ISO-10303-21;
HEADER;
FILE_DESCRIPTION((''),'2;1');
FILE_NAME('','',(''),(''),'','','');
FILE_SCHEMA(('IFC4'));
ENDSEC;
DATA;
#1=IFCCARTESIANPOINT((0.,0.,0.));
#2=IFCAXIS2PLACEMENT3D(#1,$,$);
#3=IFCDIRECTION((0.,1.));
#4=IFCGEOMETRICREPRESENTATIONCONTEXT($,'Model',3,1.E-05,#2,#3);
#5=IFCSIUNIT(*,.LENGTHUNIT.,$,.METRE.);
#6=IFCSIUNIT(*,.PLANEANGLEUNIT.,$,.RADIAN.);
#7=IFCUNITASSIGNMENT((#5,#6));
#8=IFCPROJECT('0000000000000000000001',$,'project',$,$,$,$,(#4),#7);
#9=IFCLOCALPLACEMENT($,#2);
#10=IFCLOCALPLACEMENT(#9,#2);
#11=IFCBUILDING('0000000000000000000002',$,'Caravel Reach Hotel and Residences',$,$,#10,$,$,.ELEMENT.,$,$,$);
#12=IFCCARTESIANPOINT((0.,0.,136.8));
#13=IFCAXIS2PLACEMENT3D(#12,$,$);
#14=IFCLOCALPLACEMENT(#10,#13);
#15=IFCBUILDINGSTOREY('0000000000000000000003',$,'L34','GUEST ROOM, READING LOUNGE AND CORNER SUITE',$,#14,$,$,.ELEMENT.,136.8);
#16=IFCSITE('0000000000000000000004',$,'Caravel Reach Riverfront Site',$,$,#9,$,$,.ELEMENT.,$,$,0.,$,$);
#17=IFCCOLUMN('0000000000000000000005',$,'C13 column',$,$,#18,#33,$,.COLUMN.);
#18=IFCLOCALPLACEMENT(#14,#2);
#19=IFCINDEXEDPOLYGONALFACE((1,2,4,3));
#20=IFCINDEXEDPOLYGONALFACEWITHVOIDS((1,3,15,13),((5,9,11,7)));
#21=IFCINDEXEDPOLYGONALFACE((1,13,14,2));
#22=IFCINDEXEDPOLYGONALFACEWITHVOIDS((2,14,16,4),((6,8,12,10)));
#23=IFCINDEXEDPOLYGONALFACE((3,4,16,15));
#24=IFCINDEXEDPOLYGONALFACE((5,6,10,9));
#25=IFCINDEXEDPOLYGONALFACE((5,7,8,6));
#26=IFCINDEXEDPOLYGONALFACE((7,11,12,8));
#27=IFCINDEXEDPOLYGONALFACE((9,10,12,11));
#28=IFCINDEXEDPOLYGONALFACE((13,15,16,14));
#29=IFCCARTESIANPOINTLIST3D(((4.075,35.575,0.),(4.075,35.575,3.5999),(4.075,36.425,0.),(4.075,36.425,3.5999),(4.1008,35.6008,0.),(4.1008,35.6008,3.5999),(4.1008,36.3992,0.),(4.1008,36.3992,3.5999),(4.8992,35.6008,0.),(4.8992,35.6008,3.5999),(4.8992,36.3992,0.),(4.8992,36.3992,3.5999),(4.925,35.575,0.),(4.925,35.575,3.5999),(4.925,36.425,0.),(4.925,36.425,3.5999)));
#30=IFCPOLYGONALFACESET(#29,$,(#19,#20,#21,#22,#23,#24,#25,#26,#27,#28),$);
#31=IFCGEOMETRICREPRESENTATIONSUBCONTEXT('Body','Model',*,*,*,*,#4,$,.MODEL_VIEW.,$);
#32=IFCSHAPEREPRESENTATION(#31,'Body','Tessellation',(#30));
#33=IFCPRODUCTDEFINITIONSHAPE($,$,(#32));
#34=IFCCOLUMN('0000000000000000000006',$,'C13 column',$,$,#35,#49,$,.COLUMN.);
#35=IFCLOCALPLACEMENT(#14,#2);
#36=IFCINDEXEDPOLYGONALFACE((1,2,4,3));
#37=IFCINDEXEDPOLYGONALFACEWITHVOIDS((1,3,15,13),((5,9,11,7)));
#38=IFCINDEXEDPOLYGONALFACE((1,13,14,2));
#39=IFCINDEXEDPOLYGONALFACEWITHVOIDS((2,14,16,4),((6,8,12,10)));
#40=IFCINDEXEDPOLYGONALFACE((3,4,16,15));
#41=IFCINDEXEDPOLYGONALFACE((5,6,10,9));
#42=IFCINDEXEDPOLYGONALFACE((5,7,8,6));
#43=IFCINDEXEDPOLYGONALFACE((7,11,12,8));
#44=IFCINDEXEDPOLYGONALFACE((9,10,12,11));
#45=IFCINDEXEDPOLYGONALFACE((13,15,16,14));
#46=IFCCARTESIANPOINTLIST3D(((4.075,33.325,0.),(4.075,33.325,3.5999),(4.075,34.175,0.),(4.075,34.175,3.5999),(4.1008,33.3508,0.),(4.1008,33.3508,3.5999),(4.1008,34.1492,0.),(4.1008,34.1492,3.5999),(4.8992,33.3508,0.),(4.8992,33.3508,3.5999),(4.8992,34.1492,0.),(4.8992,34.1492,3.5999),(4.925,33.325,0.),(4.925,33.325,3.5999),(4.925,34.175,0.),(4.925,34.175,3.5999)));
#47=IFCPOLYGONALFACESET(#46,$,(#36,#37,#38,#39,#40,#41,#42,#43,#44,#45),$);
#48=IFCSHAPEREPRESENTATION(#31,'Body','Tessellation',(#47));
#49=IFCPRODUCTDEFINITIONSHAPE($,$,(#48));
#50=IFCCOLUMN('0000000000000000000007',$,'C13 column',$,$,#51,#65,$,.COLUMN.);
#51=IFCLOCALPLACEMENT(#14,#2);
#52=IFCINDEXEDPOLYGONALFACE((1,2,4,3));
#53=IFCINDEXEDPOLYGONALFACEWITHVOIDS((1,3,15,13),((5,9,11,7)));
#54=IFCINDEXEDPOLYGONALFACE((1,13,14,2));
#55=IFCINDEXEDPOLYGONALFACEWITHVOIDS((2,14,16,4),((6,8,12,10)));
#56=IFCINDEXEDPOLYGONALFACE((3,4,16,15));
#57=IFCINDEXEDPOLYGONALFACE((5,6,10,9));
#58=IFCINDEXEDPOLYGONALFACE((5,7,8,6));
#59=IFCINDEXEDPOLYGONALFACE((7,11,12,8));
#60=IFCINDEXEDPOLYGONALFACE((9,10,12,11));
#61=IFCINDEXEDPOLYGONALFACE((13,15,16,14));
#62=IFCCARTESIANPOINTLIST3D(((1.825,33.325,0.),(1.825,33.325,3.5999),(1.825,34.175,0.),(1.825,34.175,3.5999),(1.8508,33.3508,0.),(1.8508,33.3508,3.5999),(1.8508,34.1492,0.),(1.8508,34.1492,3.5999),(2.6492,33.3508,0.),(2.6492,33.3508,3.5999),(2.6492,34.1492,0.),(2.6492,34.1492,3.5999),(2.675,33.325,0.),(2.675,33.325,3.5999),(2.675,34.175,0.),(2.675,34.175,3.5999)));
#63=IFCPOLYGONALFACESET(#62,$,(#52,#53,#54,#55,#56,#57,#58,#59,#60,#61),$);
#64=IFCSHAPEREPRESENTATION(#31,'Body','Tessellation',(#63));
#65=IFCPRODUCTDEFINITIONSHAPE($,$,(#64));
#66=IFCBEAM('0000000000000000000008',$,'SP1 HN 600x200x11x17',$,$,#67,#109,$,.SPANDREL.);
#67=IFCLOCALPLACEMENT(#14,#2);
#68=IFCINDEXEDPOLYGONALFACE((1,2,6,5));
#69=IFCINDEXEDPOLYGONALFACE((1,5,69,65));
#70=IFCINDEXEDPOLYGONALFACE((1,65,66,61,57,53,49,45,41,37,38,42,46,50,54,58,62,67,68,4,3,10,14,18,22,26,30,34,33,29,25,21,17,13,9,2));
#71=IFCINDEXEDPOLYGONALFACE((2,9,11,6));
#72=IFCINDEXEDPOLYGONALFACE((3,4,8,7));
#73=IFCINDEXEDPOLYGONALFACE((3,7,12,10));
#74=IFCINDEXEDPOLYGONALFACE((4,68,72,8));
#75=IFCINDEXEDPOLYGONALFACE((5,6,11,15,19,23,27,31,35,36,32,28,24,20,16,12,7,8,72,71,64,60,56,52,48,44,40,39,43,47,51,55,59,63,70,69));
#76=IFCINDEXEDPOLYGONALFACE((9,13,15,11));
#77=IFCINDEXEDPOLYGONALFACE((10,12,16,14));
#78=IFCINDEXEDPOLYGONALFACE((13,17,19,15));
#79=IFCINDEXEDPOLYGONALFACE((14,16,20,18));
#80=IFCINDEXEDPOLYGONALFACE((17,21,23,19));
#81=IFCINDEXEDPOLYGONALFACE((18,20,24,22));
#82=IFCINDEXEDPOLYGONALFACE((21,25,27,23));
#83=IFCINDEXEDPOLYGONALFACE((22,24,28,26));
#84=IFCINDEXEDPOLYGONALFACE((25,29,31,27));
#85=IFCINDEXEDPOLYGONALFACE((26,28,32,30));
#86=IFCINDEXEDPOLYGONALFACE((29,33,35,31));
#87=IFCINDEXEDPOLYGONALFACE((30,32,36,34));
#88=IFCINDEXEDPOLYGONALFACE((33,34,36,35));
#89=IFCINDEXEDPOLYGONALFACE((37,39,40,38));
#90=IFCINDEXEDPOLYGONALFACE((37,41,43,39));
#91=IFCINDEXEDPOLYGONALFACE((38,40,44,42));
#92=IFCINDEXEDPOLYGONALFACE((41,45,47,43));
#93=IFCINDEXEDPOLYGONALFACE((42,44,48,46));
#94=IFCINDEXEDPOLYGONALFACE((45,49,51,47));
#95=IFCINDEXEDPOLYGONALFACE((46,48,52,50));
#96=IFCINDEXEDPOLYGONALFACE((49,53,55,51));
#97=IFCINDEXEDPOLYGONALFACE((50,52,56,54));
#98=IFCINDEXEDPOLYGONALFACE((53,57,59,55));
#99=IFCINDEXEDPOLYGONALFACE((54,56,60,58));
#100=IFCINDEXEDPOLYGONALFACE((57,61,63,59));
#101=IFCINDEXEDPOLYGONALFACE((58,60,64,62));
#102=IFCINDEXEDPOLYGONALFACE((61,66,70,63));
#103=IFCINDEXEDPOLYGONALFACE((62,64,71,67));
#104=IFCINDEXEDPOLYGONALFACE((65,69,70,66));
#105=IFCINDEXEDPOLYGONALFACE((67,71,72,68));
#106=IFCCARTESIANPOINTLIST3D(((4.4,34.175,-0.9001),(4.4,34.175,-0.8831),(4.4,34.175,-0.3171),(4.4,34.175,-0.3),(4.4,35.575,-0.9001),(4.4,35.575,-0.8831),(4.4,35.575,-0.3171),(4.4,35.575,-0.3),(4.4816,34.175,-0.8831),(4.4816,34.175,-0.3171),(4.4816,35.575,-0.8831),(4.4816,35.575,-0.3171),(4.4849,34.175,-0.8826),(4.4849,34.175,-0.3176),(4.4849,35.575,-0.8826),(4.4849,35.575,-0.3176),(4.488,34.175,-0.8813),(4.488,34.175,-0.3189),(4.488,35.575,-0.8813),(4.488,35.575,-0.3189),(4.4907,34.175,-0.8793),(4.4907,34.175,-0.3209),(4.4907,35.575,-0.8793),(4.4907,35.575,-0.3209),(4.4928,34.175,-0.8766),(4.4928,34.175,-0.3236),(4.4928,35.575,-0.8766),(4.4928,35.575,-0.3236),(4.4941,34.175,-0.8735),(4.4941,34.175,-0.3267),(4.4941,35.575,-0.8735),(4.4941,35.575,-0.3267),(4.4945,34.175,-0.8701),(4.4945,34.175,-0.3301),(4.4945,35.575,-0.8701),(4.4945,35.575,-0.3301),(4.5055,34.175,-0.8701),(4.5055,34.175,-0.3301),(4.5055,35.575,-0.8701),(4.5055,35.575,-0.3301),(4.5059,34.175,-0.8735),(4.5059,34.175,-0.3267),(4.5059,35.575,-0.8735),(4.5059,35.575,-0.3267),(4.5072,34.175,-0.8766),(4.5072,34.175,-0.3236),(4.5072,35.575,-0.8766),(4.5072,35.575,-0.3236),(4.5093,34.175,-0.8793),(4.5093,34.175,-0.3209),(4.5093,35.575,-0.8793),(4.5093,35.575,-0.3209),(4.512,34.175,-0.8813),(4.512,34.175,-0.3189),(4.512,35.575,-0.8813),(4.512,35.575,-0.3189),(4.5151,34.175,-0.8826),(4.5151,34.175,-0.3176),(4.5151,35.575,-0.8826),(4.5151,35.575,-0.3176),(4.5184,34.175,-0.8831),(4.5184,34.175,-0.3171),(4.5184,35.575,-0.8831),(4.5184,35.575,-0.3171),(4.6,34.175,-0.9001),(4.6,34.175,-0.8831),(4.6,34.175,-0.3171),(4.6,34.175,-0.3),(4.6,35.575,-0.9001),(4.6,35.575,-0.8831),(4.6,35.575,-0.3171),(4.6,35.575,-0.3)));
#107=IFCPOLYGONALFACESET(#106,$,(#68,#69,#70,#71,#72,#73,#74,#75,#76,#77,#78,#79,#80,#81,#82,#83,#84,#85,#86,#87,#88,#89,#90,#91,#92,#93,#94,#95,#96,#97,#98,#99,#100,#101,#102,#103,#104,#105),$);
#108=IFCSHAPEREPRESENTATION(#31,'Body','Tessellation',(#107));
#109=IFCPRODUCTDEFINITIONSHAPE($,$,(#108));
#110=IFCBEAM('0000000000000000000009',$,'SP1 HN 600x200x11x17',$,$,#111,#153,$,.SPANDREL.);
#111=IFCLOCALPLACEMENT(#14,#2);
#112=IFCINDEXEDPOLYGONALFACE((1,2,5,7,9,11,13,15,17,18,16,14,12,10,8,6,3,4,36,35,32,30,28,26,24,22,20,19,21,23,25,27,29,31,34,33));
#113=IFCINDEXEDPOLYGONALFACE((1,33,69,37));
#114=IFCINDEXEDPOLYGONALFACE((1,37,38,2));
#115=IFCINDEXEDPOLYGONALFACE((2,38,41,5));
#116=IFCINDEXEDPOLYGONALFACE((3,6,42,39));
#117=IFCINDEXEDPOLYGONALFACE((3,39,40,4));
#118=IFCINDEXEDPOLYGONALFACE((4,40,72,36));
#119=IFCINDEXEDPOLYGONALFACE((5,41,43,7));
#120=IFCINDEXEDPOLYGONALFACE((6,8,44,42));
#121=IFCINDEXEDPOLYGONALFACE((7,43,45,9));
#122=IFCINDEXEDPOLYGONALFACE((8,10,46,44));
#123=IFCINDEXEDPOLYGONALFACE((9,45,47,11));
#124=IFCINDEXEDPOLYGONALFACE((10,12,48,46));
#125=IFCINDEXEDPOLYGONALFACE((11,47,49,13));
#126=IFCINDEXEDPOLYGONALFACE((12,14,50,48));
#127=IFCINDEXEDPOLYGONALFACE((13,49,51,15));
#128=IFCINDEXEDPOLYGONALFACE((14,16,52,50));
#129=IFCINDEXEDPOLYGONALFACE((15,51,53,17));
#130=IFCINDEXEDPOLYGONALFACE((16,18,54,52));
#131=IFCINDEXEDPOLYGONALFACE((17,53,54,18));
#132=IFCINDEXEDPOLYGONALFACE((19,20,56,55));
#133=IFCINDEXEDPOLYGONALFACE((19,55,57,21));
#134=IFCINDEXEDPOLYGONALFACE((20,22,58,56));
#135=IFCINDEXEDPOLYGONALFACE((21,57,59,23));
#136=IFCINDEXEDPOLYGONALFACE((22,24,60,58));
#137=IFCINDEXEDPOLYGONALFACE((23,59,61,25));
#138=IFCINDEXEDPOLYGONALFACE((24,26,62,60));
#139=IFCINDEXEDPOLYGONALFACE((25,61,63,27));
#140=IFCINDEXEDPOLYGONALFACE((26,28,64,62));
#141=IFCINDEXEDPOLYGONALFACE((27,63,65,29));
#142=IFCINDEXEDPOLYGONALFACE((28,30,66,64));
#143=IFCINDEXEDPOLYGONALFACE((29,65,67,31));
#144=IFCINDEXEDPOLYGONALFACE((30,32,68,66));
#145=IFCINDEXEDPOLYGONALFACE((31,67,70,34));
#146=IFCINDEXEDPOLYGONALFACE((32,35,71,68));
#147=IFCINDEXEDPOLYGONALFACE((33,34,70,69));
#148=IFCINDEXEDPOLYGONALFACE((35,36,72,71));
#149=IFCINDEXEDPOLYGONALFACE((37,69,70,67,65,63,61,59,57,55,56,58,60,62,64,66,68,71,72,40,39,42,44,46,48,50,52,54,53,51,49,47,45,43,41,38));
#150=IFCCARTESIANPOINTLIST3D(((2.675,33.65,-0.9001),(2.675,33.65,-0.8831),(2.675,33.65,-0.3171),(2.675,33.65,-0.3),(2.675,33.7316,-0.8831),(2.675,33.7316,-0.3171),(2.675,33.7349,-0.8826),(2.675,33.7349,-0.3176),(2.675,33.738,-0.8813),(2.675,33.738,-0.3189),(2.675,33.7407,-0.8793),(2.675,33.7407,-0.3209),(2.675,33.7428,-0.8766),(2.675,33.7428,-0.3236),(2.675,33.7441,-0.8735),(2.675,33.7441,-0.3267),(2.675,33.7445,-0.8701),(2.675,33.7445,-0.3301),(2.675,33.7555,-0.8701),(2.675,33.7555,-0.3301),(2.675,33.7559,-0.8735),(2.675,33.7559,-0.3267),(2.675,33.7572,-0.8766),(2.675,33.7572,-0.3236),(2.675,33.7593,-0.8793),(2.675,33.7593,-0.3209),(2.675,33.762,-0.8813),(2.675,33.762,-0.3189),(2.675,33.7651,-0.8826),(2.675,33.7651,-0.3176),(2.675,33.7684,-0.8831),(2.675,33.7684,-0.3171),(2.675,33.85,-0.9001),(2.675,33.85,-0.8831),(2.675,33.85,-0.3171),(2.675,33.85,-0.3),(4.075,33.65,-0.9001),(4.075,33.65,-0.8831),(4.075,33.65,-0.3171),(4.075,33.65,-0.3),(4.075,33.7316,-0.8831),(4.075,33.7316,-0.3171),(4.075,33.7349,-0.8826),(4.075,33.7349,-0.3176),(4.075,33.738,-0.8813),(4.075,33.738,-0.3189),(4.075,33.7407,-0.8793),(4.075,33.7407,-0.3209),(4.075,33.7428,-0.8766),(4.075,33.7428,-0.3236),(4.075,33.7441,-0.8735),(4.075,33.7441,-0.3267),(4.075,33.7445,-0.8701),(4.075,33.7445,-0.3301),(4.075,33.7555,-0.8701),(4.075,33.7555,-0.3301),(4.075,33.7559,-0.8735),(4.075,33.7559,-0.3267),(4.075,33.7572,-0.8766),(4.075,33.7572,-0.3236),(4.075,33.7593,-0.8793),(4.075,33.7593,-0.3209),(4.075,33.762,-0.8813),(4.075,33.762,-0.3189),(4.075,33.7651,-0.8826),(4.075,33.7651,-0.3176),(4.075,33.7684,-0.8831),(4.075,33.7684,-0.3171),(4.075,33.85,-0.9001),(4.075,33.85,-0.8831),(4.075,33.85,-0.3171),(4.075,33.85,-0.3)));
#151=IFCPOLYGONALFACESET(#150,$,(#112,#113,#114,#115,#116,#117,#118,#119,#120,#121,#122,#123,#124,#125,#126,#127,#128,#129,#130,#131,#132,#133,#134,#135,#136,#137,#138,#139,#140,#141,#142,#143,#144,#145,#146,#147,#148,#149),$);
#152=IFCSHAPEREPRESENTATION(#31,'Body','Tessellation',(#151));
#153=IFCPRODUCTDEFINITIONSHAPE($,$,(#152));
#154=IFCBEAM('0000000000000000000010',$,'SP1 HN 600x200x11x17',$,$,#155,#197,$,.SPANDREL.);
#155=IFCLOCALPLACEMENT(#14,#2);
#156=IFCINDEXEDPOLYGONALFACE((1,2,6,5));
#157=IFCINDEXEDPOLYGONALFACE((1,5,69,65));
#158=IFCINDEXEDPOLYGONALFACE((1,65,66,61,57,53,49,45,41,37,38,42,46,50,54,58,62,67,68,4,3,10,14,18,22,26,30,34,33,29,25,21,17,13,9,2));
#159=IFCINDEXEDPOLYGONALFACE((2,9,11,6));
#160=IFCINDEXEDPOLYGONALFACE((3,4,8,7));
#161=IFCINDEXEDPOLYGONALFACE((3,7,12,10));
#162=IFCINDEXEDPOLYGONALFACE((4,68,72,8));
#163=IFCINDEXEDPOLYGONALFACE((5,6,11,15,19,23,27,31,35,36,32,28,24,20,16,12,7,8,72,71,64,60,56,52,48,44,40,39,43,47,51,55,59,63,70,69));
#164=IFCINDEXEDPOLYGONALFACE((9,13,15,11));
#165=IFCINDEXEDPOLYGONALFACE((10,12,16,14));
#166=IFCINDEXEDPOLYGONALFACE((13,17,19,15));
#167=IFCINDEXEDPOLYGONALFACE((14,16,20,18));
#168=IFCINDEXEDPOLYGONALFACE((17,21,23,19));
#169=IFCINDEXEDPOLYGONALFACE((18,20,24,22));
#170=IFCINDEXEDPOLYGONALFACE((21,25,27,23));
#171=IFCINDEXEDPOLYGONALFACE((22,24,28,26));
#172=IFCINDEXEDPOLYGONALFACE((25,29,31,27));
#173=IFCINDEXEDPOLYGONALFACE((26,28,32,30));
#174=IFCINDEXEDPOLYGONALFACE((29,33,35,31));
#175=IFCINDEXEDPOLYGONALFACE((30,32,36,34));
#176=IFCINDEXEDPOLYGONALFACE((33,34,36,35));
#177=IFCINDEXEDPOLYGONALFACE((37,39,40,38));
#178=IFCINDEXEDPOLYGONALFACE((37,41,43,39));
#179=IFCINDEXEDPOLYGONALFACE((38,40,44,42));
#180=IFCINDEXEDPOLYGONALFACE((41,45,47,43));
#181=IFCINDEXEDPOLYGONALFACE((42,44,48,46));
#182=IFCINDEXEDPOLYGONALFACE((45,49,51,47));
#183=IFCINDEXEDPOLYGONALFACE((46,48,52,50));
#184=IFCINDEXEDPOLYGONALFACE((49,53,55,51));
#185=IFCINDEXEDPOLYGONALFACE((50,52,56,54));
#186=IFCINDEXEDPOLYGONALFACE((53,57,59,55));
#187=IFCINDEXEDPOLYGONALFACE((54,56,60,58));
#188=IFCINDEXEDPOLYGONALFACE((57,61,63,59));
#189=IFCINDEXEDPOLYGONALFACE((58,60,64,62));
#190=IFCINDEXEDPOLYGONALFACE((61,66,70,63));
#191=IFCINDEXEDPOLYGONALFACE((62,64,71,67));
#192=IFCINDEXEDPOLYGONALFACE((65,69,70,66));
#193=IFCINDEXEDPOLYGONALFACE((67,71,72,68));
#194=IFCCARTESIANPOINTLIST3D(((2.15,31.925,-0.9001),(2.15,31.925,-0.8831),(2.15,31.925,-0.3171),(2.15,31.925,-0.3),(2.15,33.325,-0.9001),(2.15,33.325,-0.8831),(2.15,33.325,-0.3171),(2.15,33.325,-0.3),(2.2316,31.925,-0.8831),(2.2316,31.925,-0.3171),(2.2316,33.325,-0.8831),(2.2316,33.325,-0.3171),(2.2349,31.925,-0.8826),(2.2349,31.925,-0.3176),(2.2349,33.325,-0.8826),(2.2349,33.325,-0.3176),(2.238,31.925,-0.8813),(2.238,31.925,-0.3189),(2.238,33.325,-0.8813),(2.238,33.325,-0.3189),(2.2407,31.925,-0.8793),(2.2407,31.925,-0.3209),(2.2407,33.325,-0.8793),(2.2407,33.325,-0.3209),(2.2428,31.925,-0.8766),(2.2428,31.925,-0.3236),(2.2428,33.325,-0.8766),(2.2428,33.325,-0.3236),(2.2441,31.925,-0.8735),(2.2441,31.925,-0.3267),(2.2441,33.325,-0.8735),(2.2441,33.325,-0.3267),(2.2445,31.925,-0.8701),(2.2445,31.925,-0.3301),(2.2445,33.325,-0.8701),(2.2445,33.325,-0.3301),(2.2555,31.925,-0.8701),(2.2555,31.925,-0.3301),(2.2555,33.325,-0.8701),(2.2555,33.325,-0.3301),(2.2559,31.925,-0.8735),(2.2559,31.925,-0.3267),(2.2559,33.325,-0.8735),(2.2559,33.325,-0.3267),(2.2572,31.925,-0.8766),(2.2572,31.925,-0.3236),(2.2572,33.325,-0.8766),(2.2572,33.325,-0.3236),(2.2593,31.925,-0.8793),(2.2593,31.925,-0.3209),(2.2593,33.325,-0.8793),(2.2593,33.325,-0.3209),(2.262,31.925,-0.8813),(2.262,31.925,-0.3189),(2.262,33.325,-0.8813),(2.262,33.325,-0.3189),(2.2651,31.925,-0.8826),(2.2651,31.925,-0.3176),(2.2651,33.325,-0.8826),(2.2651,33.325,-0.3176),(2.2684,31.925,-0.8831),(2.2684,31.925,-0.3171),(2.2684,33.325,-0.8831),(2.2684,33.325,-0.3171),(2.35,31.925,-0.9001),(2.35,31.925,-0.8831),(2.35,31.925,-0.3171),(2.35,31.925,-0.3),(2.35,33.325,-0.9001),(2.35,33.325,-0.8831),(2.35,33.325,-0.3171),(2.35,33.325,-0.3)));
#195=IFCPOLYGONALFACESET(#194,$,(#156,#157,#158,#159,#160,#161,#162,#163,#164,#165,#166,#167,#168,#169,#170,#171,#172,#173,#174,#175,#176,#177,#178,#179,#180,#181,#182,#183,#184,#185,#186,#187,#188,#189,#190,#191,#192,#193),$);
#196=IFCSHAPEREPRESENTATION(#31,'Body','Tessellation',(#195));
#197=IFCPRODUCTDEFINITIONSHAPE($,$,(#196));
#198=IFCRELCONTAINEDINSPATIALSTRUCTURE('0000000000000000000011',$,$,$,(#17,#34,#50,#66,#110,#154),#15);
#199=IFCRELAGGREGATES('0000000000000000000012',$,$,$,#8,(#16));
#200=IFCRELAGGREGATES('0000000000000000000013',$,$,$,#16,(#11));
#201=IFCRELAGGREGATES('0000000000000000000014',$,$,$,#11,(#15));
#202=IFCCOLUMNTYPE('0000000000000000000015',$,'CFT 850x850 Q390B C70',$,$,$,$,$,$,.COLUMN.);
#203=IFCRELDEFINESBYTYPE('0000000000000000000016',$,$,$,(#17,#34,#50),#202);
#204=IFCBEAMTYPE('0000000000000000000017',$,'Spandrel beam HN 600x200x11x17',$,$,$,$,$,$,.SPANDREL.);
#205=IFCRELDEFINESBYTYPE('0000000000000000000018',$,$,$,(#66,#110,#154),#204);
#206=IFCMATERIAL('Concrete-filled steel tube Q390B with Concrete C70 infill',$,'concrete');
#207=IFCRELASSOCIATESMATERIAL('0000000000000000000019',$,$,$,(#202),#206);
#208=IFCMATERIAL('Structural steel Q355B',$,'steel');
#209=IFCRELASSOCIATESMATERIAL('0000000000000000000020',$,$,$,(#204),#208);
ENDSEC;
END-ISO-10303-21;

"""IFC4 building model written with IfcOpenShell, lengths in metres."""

from ifc_helpers import new_model, si_unit, direction, frame, origin, origin_2d, place, context, subcontext, project, spatial, hollow_rectangle, i_section, extrude, material, material_profile, profile_set, type_object, element, save


model = new_model("IFC4")

# Units and contexts
model_context = context("Model", 3, precision=1e-05, world=origin(), true_north=direction((0.0, 1.0)))
body_context = subcontext(model_context, "Body", "Model", "MODEL_VIEW")
ifc_project = project(units=[si_unit("LENGTHUNIT", "METRE"), si_unit("PLANEANGLEUNIT", "RADIAN")], contexts=[model_context])

# Site, building, storey
site_placement = place(None, origin())
site = spatial("IfcSite", under=ifc_project, at=site_placement, Name="Caravel Reach Riverfront Site", CompositionType="ELEMENT", RefElevation=0.0)
building_placement = place(site_placement, origin())
building = spatial("IfcBuilding", under=site, at=building_placement, Name="Caravel Reach Hotel and Residences", CompositionType="ELEMENT")
storey_placement = place(building_placement, frame((0.0, 0.0, 136.8)))
storey = spatial("IfcBuildingStorey", under=building, at=storey_placement, Name="L34", Description="GUEST ROOM, READING LOUNGE AND CORNER SUITE", CompositionType="ELEMENT", Elevation=136.8)

# Columns
ifc_material_1 = material(Name="Concrete-filled steel tube Q390B with Concrete C70 infill", Category="concrete")
ifc_material_profile_1 = material_profile(ifc_material_1, hollow_rectangle(XDim=0.8501, YDim=0.8501, WallThickness=0.0259, at=origin_2d()), Name="RHS 850x850x26")
ifc_profile_set_1 = profile_set([ifc_material_profile_1], Name="Concrete-filled steel tube Q390B with Concrete C70 infill")
column_type = type_object("IfcColumnType", Name="CFT 850x850 Q390B C70", PredefinedType="COLUMN", material=ifc_profile_set_1)
for number, where, z_axis, x_axis, name in (
    (1, (4.5, 36.0, 0.0), (0.0, 0.0, 1.0), (1.0, 0.0, 0.0), "C13 column"),
    (2, (4.5, 33.75, 0.0), (0.0, 0.0, 1.0), (1.0, 0.0, 0.0), "C13 column"),
    (3, (2.25, 33.75, 0.0), (0.0, 0.0, 1.0), (1.0, 0.0, 0.0), "C13 column"),
):
    element("IfcColumn", number, at=place(storey_placement, frame(where, z_axis=z_axis, x_axis=x_axis)), inside=storey, type_object=column_type, Name=name, PredefinedType="COLUMN", context=body_context, shape_type="SweptSolid", body=[
        extrude(hollow_rectangle(XDim=0.8501, YDim=0.8501, WallThickness=0.0259, at=origin_2d()), origin(), (0.0, 0.0, 1.0), 3.5999),
    ])

# Beams
ifc_material_2 = material(Name="Structural steel Q355B", Category="steel")
ifc_material_profile_2 = material_profile(ifc_material_2, i_section(OverallWidth=0.2, OverallDepth=0.6001, WebThickness=0.011, FlangeThickness=0.0171, FilletRadius=0.0129, at=origin_2d()), Name="HN 600x200x11x17")
ifc_profile_set_2 = profile_set([ifc_material_profile_2], Name="Structural steel Q355B")
beam_type = type_object("IfcBeamType", Name="Spandrel beam HN 600x200x11x17", PredefinedType="SPANDREL", material=ifc_profile_set_2)
for number, where, z_axis, x_axis, name in (
    (4, (4.5, 35.575, -0.6001), (0.0, -1.0, 0.0), (1.0, 0.0, 0.0), "SP1 HN 600x200x11x17"),
    (5, (4.075, 33.75, -0.6001), (-1.0, 0.0, 0.0), (0.0, -1.0, 0.0), "SP1 HN 600x200x11x17"),
    (6, (2.25, 33.325, -0.6001), (0.0, -1.0, 0.0), (1.0, 0.0, 0.0), "SP1 HN 600x200x11x17"),
):
    element("IfcBeam", number, at=place(storey_placement, frame(where, z_axis=z_axis, x_axis=x_axis)), inside=storey, type_object=beam_type, Name=name, PredefinedType="SPANDREL", context=body_context, shape_type="SweptSolid", body=[
        extrude(i_section(OverallWidth=0.2, OverallDepth=0.6001, WebThickness=0.011, FlangeThickness=0.0171, FilletRadius=0.0129, at=origin_2d()), origin(), (0.0, 0.0, 1.0), 1.3999),
    ])

save(model, "model.ifc")
